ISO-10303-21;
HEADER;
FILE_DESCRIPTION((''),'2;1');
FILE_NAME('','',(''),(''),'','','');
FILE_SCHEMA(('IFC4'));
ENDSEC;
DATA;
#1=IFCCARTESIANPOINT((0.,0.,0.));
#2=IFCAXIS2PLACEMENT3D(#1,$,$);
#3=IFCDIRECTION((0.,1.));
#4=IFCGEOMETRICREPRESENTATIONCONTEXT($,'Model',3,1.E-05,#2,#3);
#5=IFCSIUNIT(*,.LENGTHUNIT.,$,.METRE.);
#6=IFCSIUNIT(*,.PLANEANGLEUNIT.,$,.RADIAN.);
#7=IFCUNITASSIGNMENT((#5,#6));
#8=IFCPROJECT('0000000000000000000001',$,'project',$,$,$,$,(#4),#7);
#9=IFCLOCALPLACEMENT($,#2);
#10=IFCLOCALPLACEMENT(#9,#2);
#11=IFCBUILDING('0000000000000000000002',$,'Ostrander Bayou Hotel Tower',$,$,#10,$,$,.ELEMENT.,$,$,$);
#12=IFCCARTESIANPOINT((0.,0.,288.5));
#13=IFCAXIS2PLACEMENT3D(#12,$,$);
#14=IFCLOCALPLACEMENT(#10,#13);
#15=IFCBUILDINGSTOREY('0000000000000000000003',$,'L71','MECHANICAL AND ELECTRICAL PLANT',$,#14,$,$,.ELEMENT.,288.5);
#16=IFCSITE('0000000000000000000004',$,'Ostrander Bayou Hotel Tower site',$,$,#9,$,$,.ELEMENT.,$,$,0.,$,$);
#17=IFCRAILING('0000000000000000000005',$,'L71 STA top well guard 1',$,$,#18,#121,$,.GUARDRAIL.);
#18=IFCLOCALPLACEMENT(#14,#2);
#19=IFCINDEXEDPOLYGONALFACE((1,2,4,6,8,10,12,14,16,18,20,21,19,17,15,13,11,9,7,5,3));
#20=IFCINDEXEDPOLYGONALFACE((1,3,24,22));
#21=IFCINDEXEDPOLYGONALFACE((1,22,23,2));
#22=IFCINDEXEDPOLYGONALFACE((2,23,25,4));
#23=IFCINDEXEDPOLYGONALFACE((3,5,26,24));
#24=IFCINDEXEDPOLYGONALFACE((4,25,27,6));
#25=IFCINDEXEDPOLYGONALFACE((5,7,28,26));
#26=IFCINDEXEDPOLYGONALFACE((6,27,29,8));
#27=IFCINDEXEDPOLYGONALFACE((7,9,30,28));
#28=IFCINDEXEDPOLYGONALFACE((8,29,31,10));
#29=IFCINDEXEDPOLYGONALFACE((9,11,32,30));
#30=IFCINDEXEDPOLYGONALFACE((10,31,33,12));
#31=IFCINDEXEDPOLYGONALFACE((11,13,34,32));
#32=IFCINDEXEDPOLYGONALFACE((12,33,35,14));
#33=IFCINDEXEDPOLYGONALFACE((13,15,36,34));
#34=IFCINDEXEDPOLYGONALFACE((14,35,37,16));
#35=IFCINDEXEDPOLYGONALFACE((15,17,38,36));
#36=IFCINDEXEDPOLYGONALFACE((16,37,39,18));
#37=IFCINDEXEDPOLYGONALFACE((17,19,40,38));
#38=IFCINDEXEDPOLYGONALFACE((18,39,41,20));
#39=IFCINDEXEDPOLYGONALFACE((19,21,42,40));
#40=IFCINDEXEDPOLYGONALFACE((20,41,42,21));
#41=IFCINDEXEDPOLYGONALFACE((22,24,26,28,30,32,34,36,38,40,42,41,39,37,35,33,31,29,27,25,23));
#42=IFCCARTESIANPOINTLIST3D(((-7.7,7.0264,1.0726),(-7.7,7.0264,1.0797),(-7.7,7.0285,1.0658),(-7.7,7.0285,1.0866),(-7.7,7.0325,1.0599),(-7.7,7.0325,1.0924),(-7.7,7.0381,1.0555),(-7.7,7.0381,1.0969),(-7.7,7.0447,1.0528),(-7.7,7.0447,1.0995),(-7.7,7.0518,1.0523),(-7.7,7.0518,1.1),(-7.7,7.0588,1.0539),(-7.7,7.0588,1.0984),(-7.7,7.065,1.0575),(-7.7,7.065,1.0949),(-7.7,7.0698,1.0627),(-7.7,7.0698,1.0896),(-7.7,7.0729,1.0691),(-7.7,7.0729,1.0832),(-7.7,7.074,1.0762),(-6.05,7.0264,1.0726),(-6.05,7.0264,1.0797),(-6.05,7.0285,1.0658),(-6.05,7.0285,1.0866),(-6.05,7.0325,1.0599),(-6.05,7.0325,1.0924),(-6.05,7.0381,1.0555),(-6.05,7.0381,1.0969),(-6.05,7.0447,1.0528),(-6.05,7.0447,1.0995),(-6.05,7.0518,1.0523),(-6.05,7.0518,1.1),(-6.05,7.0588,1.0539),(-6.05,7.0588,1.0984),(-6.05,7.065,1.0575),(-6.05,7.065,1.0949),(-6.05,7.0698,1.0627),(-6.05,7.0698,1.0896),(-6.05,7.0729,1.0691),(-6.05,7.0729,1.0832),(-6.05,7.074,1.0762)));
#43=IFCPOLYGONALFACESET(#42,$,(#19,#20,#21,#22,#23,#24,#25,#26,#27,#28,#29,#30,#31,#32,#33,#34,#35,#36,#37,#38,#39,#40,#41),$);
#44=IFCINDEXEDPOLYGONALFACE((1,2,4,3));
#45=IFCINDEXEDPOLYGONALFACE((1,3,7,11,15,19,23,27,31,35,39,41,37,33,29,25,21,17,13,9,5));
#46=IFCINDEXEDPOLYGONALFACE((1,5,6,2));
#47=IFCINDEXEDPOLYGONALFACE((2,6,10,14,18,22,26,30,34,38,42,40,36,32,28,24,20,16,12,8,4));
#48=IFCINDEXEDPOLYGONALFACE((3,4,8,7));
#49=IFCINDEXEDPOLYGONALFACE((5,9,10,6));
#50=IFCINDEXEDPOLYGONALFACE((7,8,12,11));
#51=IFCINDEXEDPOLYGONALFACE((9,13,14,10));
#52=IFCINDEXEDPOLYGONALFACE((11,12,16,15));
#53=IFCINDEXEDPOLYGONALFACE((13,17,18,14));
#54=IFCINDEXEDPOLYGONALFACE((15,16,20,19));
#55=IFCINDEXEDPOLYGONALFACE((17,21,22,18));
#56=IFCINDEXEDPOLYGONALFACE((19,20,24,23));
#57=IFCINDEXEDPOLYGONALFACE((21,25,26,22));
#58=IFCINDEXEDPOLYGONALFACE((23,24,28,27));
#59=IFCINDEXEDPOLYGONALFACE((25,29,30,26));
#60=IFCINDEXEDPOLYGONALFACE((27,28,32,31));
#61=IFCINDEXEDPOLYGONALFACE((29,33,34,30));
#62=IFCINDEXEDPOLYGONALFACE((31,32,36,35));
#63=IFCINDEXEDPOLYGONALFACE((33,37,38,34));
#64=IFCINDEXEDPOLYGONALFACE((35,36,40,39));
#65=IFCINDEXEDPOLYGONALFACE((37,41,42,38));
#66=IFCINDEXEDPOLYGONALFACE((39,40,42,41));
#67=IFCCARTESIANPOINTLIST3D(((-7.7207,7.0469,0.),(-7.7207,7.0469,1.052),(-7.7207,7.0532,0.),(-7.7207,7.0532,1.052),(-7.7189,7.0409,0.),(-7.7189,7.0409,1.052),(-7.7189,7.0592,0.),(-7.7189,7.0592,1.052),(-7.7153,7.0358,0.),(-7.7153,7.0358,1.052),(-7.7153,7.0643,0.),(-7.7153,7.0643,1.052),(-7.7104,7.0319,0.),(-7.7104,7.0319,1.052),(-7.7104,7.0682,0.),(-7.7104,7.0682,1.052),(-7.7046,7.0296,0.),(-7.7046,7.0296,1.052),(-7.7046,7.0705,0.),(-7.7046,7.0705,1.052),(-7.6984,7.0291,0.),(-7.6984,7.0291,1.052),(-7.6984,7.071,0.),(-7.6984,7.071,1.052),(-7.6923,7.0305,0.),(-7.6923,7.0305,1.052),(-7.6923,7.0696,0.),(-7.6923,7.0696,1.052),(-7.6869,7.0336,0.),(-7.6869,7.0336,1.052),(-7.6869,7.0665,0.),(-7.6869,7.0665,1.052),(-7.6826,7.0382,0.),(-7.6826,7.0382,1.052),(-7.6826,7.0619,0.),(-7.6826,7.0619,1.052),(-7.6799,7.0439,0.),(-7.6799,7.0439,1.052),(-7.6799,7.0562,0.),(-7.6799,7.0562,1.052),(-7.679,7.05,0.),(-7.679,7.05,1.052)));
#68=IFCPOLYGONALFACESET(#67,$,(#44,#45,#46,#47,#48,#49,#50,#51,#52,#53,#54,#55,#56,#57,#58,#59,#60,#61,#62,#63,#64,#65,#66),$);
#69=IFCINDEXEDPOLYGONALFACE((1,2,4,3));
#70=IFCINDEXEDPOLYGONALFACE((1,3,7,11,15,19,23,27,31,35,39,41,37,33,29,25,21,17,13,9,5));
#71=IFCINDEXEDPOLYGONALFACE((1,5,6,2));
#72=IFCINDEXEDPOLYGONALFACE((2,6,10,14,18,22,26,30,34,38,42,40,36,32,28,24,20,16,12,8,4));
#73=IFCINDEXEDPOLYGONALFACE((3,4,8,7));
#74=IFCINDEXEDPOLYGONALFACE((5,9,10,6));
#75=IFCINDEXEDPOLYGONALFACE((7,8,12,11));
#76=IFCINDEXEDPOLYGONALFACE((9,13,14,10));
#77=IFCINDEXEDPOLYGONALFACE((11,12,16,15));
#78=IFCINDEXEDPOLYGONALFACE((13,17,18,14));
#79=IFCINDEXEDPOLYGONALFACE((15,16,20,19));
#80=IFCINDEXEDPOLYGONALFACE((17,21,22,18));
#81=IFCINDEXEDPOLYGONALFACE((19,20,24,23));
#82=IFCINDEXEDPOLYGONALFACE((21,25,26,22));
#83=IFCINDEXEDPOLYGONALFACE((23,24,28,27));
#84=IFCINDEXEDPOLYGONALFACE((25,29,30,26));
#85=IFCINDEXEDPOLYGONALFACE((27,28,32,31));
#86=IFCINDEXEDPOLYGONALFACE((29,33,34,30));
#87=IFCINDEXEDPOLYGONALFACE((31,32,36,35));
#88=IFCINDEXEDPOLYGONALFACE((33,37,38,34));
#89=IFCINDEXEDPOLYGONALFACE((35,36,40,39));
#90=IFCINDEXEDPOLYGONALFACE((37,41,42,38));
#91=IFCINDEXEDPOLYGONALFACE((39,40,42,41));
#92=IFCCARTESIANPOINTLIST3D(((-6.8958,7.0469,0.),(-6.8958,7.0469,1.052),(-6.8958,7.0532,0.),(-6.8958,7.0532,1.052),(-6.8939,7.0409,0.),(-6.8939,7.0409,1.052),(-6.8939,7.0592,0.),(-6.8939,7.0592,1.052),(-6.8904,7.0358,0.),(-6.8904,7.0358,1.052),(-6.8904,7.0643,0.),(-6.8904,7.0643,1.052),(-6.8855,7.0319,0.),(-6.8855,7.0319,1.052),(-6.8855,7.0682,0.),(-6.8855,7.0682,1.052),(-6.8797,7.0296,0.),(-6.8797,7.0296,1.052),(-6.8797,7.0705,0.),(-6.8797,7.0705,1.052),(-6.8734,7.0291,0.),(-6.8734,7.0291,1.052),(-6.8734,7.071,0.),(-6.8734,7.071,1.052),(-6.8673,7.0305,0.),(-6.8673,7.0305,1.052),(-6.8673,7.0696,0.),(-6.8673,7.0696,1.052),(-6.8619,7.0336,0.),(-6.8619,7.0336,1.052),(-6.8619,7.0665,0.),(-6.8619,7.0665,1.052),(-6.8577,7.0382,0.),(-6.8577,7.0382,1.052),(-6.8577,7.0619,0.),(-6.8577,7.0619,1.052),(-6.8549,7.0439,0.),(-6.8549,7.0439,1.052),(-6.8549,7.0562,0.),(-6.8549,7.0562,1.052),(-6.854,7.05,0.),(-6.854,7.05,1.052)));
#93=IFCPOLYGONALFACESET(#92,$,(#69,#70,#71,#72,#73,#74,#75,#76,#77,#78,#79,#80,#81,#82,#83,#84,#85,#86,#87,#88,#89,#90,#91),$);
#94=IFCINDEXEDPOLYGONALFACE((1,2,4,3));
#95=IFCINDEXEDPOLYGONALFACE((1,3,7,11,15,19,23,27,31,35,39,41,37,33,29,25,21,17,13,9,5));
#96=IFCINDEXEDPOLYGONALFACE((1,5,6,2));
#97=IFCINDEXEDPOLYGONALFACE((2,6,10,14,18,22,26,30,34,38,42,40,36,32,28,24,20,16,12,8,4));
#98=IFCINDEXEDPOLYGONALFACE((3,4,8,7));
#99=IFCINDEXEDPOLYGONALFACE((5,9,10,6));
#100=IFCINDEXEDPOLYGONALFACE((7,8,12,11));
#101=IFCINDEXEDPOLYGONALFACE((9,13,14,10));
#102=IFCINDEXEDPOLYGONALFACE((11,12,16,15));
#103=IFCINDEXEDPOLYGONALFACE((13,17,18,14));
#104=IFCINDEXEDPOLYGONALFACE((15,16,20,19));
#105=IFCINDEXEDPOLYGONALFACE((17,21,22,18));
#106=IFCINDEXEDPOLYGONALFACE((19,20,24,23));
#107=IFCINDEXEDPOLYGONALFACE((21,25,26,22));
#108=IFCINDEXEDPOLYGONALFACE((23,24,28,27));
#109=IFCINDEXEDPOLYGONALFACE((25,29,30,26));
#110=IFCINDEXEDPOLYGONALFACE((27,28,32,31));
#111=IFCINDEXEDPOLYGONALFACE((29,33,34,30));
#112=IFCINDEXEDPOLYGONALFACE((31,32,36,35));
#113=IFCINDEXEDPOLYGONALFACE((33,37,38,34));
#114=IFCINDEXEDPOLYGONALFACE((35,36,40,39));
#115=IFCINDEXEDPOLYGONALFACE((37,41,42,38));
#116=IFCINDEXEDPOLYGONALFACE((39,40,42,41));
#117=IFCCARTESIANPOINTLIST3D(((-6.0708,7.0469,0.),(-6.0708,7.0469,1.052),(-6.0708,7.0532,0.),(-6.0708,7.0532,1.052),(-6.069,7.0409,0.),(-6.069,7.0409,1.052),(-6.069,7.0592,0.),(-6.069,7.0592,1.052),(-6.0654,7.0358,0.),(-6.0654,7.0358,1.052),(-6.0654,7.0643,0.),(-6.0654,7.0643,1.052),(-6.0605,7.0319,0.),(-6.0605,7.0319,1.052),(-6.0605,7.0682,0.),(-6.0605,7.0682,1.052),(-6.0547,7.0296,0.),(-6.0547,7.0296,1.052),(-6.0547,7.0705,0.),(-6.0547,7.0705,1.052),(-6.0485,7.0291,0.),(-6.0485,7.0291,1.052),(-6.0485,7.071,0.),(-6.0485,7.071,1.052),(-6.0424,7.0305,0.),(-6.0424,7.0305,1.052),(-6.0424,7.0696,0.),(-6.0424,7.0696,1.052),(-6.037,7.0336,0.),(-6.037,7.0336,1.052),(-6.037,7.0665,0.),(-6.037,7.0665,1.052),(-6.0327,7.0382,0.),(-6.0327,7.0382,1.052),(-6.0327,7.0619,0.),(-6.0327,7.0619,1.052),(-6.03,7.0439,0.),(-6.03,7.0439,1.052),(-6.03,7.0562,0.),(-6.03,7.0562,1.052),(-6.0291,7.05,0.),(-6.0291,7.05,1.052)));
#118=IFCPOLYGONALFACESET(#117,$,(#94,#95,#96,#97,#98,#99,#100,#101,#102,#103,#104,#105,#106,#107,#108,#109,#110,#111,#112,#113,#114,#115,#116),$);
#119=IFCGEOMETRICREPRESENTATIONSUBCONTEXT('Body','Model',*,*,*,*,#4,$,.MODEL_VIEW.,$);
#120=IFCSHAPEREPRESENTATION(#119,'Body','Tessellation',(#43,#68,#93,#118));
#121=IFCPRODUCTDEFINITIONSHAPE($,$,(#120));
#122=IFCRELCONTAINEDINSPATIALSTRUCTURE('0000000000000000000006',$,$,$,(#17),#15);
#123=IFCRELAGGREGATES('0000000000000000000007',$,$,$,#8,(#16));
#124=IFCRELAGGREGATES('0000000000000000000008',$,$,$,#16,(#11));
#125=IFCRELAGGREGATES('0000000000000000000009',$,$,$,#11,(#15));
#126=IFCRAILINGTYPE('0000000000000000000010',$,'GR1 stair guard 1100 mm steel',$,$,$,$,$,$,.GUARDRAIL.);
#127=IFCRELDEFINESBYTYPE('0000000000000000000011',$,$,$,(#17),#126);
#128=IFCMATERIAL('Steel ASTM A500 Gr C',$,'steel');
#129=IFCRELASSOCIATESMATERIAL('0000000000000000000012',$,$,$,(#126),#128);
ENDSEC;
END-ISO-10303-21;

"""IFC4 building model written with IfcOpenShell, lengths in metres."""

from ifc_helpers import new_model, si_unit, direction, frame, origin, origin_2d, place, context, subcontext, project, spatial, circle, extrude, material, type_object, element, save


model = new_model("IFC4")

# Units and contexts
model_context = context("Model", 3, precision=1e-05, world=origin(), true_north=direction((0.0, 1.0)))
body_context = subcontext(model_context, "Body", "Model", "MODEL_VIEW")
ifc_project = project(units=[si_unit("LENGTHUNIT", "METRE"), si_unit("PLANEANGLEUNIT", "RADIAN")], contexts=[model_context])

# Site, building, storey
site_placement = place(None, origin())
site = spatial("IfcSite", under=ifc_project, at=site_placement, Name="Ostrander Bayou Hotel Tower site", CompositionType="ELEMENT", RefElevation=0.0)
building_placement = place(site_placement, origin())
building = spatial("IfcBuilding", under=site, at=building_placement, Name="Ostrander Bayou Hotel Tower", CompositionType="ELEMENT")
storey_placement = place(building_placement, frame((0.0, 0.0, 288.5)))
storey = spatial("IfcBuildingStorey", under=building, at=storey_placement, Name="L71", Description="MECHANICAL AND ELECTRICAL PLANT", CompositionType="ELEMENT", Elevation=288.5)

# Railing
ifc_material_1 = material(Name="Steel ASTM A500 Gr C", Category="steel")
railing_type = type_object("IfcRailingType", Name="GR1 stair guard 1100 mm steel", PredefinedType="GUARDRAIL", material=ifc_material_1)
railing_placement = place(storey_placement, frame((-7.7, 7.05, 0.0)))
element("IfcRailing", 1, at=railing_placement, inside=storey, type_object=railing_type, Name="L71 STA top well guard 1", PredefinedType="GUARDRAIL", context=body_context, shape_type="SweptSolid", body=[
    extrude(circle(Radius=0.0239, at=origin_2d()), frame((0.0, 0.0, 1.0762), z_axis=(1.0, 0.0, 0.0), x_axis=(0.0, 1.0, 0.0)), (0.0, 0.0, 1.0), 1.6499),
    extrude(circle(Radius=0.021, at=origin_2d()), origin(), (0.0, 0.0, 1.0), 1.052),
    extrude(circle(Radius=0.021, at=origin_2d()), frame((0.825, 0.0, 0.0)), (0.0, 0.0, 1.0), 1.052),
    extrude(circle(Radius=0.021, at=origin_2d()), frame((1.6499, 0.0, 0.0)), (0.0, 0.0, 1.0), 1.052),
])

save(model, "model.ifc")
